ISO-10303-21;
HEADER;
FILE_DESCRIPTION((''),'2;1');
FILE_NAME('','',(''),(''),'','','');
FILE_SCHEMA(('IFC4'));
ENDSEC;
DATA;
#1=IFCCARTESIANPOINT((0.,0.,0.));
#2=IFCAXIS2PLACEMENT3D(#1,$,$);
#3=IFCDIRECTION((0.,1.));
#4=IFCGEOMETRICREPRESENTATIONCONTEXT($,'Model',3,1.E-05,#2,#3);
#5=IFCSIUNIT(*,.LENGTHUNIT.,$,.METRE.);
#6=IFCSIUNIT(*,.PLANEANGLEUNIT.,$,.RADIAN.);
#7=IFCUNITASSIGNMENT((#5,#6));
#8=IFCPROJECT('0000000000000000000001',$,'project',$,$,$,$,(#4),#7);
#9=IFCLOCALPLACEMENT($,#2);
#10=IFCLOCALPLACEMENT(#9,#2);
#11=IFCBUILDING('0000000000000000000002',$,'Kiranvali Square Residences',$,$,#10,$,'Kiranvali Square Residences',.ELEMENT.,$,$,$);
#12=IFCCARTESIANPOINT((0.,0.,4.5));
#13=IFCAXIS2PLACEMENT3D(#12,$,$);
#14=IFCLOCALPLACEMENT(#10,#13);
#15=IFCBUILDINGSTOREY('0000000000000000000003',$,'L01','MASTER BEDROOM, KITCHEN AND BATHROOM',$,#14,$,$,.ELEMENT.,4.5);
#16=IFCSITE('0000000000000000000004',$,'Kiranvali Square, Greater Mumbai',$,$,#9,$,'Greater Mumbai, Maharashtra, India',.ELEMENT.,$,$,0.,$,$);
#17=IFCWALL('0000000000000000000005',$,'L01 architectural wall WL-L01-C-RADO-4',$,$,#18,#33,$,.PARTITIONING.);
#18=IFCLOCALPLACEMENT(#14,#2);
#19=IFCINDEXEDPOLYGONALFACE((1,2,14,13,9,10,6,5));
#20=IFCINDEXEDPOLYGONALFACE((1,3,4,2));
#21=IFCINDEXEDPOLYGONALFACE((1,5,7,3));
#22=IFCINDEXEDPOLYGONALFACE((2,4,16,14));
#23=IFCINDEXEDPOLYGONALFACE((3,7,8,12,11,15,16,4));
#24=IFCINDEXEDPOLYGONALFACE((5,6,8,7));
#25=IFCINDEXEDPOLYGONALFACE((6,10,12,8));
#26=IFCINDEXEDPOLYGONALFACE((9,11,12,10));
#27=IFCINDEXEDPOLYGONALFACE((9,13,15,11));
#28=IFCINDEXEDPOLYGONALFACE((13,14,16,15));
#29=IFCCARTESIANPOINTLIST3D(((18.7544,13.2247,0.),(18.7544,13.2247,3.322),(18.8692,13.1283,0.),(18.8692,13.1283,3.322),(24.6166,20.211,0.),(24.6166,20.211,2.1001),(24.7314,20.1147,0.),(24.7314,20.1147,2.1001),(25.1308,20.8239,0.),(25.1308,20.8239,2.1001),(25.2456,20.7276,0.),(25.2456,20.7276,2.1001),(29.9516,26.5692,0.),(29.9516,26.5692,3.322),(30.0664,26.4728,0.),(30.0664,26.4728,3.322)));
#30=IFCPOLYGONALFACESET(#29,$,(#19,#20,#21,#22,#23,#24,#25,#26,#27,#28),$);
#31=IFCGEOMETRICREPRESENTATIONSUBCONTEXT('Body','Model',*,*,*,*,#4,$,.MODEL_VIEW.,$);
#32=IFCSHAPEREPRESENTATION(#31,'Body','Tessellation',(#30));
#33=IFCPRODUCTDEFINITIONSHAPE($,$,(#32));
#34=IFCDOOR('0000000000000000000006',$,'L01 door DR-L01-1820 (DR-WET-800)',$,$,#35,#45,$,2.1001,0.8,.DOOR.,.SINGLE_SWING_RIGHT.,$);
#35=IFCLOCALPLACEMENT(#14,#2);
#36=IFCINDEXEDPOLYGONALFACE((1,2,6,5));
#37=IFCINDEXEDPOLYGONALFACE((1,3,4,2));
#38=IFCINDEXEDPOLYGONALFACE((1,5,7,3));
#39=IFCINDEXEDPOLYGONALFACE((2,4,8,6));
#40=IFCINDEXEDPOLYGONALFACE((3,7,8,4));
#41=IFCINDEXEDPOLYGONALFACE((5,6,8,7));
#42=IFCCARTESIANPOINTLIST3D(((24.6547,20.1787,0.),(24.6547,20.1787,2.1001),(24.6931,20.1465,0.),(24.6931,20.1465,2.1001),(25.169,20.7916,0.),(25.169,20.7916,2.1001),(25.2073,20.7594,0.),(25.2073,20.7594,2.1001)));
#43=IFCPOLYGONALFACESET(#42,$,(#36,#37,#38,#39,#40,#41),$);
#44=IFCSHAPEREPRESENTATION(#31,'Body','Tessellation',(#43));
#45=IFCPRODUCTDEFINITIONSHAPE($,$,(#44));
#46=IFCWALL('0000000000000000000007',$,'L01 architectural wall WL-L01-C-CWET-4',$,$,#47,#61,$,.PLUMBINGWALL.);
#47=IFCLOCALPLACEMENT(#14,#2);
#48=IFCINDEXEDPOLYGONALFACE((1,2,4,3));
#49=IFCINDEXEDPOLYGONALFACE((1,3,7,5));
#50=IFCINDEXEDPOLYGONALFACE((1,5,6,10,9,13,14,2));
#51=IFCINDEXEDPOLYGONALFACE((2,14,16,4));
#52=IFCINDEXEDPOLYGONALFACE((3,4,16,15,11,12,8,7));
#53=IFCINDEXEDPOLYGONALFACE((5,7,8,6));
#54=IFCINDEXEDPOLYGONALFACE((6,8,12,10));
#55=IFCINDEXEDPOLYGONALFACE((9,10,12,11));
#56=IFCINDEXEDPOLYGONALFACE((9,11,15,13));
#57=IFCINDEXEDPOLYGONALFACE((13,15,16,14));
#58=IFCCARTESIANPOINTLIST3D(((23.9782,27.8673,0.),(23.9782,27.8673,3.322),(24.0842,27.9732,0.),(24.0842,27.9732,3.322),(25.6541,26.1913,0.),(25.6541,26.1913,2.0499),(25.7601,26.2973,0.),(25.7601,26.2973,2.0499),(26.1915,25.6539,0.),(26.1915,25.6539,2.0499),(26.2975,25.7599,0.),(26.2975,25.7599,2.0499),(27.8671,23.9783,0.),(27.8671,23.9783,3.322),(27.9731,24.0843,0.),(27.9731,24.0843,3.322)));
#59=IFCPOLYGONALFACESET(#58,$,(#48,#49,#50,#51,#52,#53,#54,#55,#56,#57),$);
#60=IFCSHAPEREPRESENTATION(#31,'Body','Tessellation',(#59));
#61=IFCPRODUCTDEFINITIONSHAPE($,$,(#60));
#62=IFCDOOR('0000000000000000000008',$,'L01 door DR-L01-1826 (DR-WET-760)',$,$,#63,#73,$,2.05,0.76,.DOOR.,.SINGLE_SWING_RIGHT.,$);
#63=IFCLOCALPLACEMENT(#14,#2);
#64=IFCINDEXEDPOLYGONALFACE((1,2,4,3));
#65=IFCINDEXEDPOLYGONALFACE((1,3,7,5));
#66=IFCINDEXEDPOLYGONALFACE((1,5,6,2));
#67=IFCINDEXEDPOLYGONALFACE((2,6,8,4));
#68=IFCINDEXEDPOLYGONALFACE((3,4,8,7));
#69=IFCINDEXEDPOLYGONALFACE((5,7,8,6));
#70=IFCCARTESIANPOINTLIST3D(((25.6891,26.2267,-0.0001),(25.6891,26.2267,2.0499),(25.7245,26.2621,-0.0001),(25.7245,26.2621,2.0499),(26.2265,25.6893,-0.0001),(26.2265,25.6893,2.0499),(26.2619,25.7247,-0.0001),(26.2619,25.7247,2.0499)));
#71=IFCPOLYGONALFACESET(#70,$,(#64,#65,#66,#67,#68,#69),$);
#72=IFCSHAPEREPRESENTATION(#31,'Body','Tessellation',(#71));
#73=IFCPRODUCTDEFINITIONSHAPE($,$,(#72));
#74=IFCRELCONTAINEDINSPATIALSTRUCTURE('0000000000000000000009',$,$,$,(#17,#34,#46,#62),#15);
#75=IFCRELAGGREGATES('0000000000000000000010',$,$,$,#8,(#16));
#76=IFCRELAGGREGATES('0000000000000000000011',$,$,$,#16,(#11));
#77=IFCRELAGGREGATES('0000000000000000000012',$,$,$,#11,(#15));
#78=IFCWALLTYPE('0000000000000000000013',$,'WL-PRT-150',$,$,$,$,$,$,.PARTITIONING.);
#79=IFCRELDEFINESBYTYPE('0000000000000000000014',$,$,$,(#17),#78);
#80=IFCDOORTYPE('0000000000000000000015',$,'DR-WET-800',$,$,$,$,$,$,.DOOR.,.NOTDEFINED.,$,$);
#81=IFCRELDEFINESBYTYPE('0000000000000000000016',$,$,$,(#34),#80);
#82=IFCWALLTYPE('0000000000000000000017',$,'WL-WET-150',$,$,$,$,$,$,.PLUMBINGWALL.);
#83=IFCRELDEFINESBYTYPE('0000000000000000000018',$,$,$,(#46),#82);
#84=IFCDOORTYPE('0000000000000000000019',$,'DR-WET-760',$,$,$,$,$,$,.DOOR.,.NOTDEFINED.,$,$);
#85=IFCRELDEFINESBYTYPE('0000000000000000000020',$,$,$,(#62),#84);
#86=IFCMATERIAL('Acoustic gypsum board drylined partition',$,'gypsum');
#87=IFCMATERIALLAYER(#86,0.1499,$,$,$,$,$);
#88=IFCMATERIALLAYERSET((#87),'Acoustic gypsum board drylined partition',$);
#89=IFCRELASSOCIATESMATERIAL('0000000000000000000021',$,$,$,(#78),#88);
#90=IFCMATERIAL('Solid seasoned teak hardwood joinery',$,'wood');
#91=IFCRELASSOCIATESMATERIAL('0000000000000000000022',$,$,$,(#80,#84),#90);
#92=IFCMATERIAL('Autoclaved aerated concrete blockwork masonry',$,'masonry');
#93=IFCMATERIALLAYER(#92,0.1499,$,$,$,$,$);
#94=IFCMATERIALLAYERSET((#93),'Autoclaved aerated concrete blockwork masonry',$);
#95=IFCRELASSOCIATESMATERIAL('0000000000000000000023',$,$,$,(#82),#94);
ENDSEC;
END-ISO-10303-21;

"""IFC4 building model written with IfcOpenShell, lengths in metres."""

from ifc_helpers import new_model, si_unit, direction, frame, frame_2d, origin, place, context, subcontext, project, spatial, rectangle, extrude, material, layer, layer_set, type_object, element, fill, save


model = new_model("IFC4")

# Units and contexts
model_context = context("Model", 3, precision=1e-05, world=origin(), true_north=direction((0.0, 1.0)))
body_context = subcontext(model_context, "Body", "Model", "MODEL_VIEW")
ifc_project = project(units=[si_unit("LENGTHUNIT", "METRE"), si_unit("PLANEANGLEUNIT", "RADIAN")], contexts=[model_context])

# Site, building, storey
site_placement = place(None, origin())
site = spatial("IfcSite", under=ifc_project, at=site_placement, Name="Kiranvali Square, Greater Mumbai", LongName="Greater Mumbai, Maharashtra, India", CompositionType="ELEMENT", RefElevation=0.0)
building_placement = place(site_placement, origin())
building = spatial("IfcBuilding", under=site, at=building_placement, Name="Kiranvali Square Residences", LongName="Kiranvali Square Residences", CompositionType="ELEMENT")
storey_placement = place(building_placement, frame((0.0, 0.0, 4.5)))
storey = spatial("IfcBuildingStorey", under=building, at=storey_placement, Name="L01", Description="MASTER BEDROOM, KITCHEN AND BATHROOM", CompositionType="ELEMENT", Elevation=4.5)

# Shared definitions
ifc_material_1 = material(Name="Autoclaved aerated concrete blockwork masonry", Category="masonry")

# Walls, openings, doors
ifc_material_2 = material(Name="Acoustic gypsum board drylined partition", Category="gypsum")
ifc_layer_1 = layer(ifc_material_2, 0.1499)
ifc_layer_set_1 = layer_set([ifc_layer_1], Name="Acoustic gypsum board drylined partition")
wall_type_1 = type_object("IfcWallType", Name="WL-PRT-150", PredefinedType="PARTITIONING", material=ifc_layer_set_1)
wall_1_placement = place(storey_placement, frame((30.009, 26.521, 0.0), z_axis=(0.0, 0.0, 1.0), x_axis=(-0.642785, -0.766047, 0.0)))
wall_1 = element("IfcWall", 1, at=wall_1_placement, inside=storey, type_object=wall_type_1, Name="L01 architectural wall WL-L01-C-RADO-4", PredefinedType="PARTITIONING", context=body_context, shape_type="SweptSolid", body=[
    extrude(rectangle(XDim=17.4199, YDim=0.1499, at=frame_2d((8.71, 0.0))), origin(), (0.0, 0.0, 1.0), 3.322),
])
opening_1_placement = place(wall_1_placement, frame((7.5, 0.0, 0.0)))
opening_1 = element("IfcOpeningElement", 2, at=opening_1_placement, cuts=wall_1, PredefinedType="OPENING", context=body_context, shape_type="SweptSolid", body=[
    extrude(rectangle(XDim=0.8, YDim=2.1001, at=frame_2d((0.3999, 1.05))), frame((0.0, 0.085, 0.0), z_axis=(0.0, -1.0, 0.0), x_axis=(1.0, 0.0, 0.0)), (0.0, 0.0, 1.0), 0.1699),
])
ifc_material_3 = material(Name="Solid seasoned teak hardwood joinery", Category="wood")
door_type_1 = type_object("IfcDoorType", Name="DR-WET-800", OperationType="NOTDEFINED", PredefinedType="DOOR", material=ifc_material_3)
door_1_placement = place(opening_1_placement, frame((0.8, 0.0, 0.0), z_axis=(0.0, 0.0, 1.0), x_axis=(-1.0, 0.0, 0.0)))
door_1 = element("IfcDoor", 3, at=door_1_placement, inside=storey, type_object=door_type_1, Name="L01 door DR-L01-1820 (DR-WET-800)", OperationType="SINGLE_SWING_RIGHT", OverallHeight=2.1001, OverallWidth=0.8, PredefinedType="DOOR", context=body_context, shape_type="SweptSolid", body=[
    extrude(rectangle(XDim=0.8, YDim=2.1001, at=frame_2d((0.3999, 1.05))), frame((0.0, 0.0249, 0.0), z_axis=(0.0, -1.0, 0.0), x_axis=(1.0, 0.0, 0.0)), (0.0, 0.0, 1.0), 0.05),
])
fill(opening_1, door_1)
ifc_layer_2 = layer(ifc_material_1, 0.1499)
ifc_layer_set_2 = layer_set([ifc_layer_2], Name="Autoclaved aerated concrete blockwork masonry")
wall_type_2 = type_object("IfcWallType", Name="WL-WET-150", PredefinedType="PLUMBINGWALL", material=ifc_layer_set_2)
wall_2_placement = place(storey_placement, frame((27.9202, 24.0312, 0.0), z_axis=(0.0, 0.0, 1.0), x_axis=(-0.707107, 0.707107, 0.0)))
wall_2 = element("IfcWall", 4, at=wall_2_placement, inside=storey, type_object=wall_type_2, Name="L01 architectural wall WL-L01-C-CWET-4", PredefinedType="PLUMBINGWALL", context=body_context, shape_type="SweptSolid", body=[
    extrude(rectangle(XDim=5.4998, YDim=0.1499, at=frame_2d((2.75, 0.0))), origin(), (0.0, 0.0, 1.0), 3.322),
])
opening_2_placement = place(wall_2_placement, frame((2.3699, 0.0, 0.0)))
opening_2 = element("IfcOpeningElement", 5, at=opening_2_placement, cuts=wall_2, PredefinedType="OPENING", context=body_context, shape_type="SweptSolid", body=[
    extrude(rectangle(XDim=0.76, YDim=2.05, at=frame_2d((0.3799, 1.0249))), frame((0.0, 0.085, 0.0), z_axis=(0.0, -1.0, 0.0), x_axis=(1.0, 0.0, 0.0)), (0.0, 0.0, 1.0), 0.1699),
])
door_type_2 = type_object("IfcDoorType", Name="DR-WET-760", OperationType="NOTDEFINED", PredefinedType="DOOR", material=ifc_material_3)
door_2_placement = place(opening_2_placement, frame((0.76, 0.0, 0.0), z_axis=(0.0, 0.0, 1.0), x_axis=(-1.0, 0.0, 0.0)))
door_2 = element("IfcDoor", 6, at=door_2_placement, inside=storey, type_object=door_type_2, Name="L01 door DR-L01-1826 (DR-WET-760)", OperationType="SINGLE_SWING_RIGHT", OverallHeight=2.05, OverallWidth=0.76, PredefinedType="DOOR", context=body_context, shape_type="SweptSolid", body=[
    extrude(rectangle(XDim=0.76, YDim=2.05, at=frame_2d((0.3799, 1.0249))), frame((0.0, 0.0249, 0.0), z_axis=(0.0, -1.0, 0.0), x_axis=(1.0, 0.0, 0.0)), (0.0, 0.0, 1.0), 0.05),
])
fill(opening_2, door_2)

save(model, "model.ifc")
